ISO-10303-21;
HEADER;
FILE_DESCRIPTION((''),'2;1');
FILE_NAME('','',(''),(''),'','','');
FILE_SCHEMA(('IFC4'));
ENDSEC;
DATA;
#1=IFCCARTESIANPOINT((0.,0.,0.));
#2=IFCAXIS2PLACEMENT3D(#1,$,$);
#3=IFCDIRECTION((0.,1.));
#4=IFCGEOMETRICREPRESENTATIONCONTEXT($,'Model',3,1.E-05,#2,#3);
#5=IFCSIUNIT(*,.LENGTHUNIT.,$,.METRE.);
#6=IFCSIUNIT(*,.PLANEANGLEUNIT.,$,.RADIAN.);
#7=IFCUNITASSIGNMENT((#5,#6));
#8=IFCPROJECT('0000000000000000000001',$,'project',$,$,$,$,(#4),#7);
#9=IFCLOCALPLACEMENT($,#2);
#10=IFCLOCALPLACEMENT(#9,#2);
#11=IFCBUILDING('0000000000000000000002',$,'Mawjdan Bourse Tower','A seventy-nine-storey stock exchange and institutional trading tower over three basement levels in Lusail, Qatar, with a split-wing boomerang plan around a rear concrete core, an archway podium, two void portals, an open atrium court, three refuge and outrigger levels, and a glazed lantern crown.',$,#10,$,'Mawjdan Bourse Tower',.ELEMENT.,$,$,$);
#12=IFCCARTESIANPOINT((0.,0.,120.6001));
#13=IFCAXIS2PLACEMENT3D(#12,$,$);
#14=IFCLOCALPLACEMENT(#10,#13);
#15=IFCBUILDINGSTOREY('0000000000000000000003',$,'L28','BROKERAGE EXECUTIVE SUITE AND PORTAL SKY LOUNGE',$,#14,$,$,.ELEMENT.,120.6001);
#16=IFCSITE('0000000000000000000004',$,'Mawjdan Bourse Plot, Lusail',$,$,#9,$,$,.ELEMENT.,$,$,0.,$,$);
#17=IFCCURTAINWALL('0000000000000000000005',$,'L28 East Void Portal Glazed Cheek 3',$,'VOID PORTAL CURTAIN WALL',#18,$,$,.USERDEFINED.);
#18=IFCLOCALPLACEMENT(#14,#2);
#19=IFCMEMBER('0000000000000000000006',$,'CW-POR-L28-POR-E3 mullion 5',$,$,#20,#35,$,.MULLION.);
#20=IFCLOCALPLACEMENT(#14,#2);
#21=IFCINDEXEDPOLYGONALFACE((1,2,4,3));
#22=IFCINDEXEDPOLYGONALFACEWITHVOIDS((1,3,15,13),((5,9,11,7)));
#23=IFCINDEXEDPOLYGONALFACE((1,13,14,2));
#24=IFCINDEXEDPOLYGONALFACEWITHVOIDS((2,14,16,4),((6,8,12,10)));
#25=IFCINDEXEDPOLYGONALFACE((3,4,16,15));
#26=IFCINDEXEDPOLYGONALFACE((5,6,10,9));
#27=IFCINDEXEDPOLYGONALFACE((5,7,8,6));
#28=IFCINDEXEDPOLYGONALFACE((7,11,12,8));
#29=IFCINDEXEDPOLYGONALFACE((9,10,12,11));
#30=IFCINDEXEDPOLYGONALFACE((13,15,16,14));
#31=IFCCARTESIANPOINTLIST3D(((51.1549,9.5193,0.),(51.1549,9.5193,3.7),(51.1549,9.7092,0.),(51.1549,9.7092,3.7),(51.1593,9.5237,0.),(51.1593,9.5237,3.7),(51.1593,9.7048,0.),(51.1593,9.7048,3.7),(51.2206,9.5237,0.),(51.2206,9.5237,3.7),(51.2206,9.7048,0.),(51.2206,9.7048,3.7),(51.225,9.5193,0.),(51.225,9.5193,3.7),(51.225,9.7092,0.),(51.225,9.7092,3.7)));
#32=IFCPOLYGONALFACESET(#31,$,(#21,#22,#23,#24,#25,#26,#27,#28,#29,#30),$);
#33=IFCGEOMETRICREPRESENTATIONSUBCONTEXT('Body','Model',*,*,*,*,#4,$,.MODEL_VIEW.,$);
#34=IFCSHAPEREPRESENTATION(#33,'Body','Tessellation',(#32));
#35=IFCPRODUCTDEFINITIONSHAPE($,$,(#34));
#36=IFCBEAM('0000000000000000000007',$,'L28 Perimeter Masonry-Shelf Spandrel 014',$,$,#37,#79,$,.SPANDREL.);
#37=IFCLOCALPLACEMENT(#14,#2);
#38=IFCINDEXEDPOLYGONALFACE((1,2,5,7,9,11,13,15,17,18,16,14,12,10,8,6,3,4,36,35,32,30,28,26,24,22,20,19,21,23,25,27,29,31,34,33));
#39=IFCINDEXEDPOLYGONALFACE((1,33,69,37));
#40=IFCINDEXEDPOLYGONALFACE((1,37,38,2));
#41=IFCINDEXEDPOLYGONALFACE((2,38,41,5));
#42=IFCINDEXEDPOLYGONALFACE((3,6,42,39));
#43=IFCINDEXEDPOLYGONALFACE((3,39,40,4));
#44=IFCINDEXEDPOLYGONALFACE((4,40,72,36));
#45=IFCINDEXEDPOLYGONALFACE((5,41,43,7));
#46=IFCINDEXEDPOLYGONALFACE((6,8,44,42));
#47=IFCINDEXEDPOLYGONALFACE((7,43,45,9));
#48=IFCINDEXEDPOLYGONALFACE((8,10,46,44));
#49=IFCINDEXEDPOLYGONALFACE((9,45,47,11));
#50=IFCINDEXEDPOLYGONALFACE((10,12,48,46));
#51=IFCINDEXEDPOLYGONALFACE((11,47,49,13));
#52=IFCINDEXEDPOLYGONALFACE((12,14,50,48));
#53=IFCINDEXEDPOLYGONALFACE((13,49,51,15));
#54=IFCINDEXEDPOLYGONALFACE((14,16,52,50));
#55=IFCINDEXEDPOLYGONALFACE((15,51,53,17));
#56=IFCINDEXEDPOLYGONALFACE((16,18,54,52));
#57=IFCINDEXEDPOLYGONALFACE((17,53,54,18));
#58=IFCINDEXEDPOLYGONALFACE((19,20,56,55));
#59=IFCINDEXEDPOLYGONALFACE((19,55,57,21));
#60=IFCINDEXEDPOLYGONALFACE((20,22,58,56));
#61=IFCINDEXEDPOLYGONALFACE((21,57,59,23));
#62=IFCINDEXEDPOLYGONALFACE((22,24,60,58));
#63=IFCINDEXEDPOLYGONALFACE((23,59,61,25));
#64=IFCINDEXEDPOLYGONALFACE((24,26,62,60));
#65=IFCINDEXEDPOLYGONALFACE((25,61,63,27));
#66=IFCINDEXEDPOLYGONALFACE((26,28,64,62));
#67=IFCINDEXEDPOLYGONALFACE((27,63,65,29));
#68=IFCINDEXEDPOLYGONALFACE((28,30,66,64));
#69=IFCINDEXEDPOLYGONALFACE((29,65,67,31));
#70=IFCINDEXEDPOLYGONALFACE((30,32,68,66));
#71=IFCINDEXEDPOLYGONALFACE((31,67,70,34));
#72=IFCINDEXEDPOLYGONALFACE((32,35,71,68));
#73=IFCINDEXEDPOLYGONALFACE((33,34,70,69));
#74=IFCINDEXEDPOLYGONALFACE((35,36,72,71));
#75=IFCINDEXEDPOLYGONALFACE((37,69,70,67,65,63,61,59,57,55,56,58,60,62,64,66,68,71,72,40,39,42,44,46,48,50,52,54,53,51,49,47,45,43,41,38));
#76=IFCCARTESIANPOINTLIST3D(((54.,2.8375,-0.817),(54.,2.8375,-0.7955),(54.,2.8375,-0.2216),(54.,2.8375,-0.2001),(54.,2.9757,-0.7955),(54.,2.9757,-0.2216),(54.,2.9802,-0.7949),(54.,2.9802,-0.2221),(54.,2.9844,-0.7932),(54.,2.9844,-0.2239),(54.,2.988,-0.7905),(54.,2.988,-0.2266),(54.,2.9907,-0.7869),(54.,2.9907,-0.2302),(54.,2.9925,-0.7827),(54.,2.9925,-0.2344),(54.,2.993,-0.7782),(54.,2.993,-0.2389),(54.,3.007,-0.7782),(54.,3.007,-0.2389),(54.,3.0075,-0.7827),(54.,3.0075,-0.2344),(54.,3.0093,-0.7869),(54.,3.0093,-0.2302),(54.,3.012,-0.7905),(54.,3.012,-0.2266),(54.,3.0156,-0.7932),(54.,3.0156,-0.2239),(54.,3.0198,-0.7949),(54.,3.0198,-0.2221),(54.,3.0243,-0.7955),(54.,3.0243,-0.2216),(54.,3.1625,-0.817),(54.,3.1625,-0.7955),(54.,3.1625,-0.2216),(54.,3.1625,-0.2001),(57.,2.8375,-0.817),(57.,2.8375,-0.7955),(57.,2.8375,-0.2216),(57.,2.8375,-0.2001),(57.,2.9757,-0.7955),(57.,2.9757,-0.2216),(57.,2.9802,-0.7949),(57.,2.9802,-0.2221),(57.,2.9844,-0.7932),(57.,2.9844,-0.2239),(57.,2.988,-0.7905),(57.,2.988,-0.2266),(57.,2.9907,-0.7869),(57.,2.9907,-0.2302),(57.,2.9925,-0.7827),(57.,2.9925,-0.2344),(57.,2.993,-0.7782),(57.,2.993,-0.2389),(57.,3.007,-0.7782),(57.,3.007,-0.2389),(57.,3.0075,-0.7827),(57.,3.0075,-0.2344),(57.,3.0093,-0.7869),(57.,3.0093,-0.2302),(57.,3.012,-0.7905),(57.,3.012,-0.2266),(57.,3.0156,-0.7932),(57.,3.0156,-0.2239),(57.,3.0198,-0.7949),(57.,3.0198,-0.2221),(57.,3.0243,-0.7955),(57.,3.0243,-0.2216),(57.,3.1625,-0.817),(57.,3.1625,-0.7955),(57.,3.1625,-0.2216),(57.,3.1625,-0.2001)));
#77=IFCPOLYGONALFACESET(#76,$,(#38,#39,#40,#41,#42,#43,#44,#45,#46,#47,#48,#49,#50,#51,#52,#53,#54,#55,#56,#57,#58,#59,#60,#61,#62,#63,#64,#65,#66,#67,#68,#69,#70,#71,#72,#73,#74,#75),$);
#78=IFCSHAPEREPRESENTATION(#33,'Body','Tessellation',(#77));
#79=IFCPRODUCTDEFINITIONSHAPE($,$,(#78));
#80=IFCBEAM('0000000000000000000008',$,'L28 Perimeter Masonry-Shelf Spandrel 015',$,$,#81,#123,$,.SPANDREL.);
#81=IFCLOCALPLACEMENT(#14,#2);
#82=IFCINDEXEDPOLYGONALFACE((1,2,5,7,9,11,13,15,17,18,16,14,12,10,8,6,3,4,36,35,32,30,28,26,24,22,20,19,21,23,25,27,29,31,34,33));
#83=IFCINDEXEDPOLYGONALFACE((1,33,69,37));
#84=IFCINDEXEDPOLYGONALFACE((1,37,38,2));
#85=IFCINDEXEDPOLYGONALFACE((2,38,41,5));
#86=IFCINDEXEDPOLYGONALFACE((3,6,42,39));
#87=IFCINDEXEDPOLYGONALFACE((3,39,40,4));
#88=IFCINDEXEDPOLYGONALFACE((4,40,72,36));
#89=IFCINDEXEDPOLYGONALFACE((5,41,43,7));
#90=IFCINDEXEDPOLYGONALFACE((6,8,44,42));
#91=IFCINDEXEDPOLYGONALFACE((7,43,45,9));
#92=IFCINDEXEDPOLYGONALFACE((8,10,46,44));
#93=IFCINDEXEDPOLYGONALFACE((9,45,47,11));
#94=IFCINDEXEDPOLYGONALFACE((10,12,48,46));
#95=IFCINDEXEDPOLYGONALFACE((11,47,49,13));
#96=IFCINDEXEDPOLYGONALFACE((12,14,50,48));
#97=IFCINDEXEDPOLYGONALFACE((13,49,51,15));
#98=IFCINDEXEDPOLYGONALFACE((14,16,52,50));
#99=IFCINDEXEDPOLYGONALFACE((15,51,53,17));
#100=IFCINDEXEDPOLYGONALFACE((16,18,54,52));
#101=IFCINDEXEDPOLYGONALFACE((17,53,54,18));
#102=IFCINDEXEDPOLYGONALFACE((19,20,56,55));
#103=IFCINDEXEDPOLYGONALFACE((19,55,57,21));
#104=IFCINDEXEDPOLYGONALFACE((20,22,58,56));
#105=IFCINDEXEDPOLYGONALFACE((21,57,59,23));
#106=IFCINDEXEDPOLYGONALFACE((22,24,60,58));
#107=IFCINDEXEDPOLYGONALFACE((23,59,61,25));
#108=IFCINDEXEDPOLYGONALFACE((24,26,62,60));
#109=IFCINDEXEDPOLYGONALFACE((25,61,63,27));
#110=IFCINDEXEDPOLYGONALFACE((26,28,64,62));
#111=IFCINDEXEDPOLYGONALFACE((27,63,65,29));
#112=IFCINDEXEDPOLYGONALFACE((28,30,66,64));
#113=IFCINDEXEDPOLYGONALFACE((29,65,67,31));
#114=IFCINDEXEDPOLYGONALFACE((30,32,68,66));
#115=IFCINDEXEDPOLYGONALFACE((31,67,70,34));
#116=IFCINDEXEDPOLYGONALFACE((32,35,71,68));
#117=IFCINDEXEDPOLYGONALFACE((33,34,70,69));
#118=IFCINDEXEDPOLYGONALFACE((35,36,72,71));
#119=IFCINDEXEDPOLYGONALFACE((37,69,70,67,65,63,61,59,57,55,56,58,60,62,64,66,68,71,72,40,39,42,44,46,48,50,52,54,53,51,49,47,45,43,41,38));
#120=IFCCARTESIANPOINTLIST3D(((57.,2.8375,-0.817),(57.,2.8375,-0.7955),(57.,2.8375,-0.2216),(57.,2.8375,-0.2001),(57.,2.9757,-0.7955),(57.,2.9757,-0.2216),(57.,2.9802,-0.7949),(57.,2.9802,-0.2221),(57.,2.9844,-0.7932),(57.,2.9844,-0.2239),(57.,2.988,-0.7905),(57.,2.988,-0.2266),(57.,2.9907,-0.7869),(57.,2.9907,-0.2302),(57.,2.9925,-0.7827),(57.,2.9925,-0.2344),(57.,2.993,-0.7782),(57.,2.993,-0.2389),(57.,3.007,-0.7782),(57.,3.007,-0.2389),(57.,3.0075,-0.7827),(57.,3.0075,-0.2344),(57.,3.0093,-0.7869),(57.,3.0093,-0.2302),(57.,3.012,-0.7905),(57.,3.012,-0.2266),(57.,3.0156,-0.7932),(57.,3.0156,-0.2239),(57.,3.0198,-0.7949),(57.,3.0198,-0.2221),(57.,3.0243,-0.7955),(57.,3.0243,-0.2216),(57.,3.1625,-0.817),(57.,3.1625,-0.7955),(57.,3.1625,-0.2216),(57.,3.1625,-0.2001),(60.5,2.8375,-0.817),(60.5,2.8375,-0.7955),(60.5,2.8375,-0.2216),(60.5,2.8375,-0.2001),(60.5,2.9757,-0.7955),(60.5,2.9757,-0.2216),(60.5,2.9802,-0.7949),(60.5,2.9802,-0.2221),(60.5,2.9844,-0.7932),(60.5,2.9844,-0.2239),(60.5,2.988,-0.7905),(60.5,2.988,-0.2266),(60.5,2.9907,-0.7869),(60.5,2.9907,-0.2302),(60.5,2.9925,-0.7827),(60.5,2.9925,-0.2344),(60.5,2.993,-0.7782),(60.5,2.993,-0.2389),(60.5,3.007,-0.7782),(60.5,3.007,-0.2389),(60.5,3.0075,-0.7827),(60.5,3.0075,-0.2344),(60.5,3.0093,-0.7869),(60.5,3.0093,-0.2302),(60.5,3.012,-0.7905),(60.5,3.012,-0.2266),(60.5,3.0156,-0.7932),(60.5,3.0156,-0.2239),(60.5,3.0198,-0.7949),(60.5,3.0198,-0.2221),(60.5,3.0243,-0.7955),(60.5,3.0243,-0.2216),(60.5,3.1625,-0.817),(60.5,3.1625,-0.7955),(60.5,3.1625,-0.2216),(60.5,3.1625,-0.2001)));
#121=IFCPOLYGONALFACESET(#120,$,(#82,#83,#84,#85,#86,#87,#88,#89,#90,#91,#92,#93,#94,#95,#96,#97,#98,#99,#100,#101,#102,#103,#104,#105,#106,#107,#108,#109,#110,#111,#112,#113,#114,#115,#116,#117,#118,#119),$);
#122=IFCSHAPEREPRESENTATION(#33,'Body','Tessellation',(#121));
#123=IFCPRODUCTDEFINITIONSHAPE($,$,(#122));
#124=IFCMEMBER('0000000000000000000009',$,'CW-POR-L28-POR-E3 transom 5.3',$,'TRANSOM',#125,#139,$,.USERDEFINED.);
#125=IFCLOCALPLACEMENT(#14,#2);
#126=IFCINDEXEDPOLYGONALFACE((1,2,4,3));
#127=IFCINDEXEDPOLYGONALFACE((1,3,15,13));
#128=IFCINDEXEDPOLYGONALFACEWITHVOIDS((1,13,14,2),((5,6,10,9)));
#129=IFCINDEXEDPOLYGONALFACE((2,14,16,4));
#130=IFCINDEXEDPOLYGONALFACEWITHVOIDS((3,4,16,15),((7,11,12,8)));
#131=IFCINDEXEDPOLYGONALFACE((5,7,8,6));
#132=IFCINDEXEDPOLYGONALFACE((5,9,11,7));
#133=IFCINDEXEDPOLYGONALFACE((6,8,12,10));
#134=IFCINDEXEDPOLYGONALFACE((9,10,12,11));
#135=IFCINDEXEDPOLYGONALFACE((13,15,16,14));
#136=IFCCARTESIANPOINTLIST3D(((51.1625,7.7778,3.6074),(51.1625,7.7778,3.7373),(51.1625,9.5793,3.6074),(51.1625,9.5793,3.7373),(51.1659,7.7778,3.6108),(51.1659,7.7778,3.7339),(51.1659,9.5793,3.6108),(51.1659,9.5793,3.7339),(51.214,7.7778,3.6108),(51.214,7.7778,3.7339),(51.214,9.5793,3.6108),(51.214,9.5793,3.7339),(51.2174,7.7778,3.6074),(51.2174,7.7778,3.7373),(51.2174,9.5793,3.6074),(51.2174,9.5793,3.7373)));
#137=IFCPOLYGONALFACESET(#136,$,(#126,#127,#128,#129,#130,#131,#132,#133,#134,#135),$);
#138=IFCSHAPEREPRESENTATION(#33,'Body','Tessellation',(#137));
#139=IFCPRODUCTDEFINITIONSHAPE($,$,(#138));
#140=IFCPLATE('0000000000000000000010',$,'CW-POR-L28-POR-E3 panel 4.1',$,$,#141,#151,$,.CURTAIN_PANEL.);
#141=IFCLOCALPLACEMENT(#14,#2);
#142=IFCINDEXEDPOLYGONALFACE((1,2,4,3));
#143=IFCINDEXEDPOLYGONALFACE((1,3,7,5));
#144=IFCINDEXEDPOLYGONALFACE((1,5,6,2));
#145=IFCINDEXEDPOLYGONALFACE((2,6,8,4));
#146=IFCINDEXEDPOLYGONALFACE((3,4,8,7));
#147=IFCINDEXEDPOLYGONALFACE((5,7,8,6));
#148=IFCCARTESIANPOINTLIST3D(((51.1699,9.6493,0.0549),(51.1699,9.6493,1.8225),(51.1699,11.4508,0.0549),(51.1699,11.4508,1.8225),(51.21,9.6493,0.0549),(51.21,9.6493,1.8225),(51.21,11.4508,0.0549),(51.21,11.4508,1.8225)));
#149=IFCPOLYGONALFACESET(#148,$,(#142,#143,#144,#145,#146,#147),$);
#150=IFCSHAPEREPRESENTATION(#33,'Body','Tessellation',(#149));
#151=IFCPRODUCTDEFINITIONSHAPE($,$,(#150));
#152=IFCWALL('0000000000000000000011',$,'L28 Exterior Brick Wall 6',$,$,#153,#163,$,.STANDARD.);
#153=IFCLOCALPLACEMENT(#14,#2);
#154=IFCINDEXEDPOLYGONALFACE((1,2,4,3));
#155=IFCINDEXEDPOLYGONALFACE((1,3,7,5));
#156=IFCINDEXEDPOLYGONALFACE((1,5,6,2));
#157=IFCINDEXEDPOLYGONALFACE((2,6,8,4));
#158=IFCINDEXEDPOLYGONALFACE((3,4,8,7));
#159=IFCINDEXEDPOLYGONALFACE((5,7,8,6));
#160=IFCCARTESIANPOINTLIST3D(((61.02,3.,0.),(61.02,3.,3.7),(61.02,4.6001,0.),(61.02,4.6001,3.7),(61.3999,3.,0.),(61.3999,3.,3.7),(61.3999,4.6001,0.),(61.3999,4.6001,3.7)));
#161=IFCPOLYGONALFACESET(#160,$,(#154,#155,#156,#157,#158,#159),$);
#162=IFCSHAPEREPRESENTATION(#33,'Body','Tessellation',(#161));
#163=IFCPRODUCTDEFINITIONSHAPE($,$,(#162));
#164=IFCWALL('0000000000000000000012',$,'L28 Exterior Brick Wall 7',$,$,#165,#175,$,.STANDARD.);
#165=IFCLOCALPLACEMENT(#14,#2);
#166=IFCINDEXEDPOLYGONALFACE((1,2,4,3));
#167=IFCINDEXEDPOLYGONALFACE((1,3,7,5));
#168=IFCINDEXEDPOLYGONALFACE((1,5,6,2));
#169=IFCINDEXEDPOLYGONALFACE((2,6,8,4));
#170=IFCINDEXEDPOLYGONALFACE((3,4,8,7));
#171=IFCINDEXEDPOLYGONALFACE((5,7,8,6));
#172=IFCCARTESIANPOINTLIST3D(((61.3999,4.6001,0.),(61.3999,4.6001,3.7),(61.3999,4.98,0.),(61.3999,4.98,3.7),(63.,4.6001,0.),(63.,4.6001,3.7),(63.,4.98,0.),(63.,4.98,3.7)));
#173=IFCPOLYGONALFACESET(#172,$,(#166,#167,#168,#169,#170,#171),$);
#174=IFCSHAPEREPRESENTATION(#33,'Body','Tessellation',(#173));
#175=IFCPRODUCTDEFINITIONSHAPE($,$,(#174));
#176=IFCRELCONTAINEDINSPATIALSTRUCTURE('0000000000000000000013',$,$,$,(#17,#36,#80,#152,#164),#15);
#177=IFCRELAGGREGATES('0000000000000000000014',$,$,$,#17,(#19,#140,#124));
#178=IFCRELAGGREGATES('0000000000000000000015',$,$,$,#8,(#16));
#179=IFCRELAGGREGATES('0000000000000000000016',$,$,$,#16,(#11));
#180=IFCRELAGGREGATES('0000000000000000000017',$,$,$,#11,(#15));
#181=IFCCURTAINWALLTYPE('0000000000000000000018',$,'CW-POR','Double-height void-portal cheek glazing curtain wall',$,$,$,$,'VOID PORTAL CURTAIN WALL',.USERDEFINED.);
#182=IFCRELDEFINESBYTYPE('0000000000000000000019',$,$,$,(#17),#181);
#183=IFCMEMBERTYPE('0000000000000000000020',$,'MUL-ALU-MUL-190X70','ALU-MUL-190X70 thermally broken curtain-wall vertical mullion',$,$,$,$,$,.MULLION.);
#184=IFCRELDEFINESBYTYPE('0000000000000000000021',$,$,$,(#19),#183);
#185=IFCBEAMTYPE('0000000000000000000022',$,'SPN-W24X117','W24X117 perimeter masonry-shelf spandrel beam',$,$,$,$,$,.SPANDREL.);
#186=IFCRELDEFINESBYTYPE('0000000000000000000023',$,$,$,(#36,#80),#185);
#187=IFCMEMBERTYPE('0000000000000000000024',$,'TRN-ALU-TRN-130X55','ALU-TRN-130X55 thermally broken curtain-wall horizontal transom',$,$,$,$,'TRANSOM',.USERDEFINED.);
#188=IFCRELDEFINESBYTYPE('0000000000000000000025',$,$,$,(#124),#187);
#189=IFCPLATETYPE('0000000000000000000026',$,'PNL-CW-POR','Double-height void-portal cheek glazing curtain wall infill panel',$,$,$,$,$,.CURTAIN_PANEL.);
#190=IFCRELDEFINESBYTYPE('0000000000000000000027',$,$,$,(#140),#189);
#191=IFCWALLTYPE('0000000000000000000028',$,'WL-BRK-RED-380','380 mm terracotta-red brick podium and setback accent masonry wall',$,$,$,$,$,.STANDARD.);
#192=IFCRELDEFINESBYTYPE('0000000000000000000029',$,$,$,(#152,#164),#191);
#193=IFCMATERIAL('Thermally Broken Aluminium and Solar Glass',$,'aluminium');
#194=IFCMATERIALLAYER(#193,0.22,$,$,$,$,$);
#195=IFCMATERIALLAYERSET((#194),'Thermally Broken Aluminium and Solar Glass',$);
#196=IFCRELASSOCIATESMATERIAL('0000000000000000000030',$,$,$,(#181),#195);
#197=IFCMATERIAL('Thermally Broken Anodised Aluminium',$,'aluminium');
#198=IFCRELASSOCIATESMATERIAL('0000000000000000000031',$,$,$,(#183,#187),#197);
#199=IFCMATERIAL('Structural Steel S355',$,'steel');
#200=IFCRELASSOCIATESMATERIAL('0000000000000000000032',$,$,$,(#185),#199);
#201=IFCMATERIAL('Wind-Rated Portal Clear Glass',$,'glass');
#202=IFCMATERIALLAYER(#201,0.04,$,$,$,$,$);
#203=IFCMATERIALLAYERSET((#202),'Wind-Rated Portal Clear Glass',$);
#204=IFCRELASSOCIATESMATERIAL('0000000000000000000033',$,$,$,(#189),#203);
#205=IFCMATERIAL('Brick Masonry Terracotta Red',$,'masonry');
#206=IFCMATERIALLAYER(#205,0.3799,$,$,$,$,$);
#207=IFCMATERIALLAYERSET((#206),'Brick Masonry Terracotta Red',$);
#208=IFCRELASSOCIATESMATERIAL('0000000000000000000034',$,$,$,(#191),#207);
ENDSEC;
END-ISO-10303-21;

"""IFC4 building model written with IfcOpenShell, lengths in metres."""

from ifc_helpers import new_model, si_unit, direction, frame, frame_2d, origin, origin_2d, place, context, subcontext, project, spatial, rectangle, hollow_rectangle, i_section, extrude, material, layer, layer_set, material_profile, profile_set, type_object, element, aggregate, save


model = new_model("IFC4")

# Units and contexts
model_context = context("Model", 3, precision=1e-05, world=origin(), true_north=direction((0.0, 1.0)))
body_context = subcontext(model_context, "Body", "Model", "MODEL_VIEW")
ifc_project = project(units=[si_unit("LENGTHUNIT", "METRE"), si_unit("PLANEANGLEUNIT", "RADIAN")], contexts=[model_context])

# Site, building, storey
site_placement = place(None, origin())
site = spatial("IfcSite", under=ifc_project, at=site_placement, Name="Mawjdan Bourse Plot, Lusail", CompositionType="ELEMENT", RefElevation=0.0)
building_placement = place(site_placement, origin())
building = spatial("IfcBuilding", under=site, at=building_placement, Name="Mawjdan Bourse Tower", Description="A seventy-nine-storey stock exchange and institutional trading tower over three basement levels in Lusail, Qatar, with a split-wing boomerang plan around a rear concrete core, an archway podium, two void portals, an open atrium court, three refuge and outrigger levels, and a glazed lantern crown.", LongName="Mawjdan Bourse Tower", CompositionType="ELEMENT")
storey_placement = place(building_placement, frame((0.0, 0.0, 120.6001)))
storey = spatial("IfcBuildingStorey", under=building, at=storey_placement, Name="L28", Description="BROKERAGE EXECUTIVE SUITE AND PORTAL SKY LOUNGE", CompositionType="ELEMENT", Elevation=120.6001)

# Shared definitions
ifc_material_1 = material(Name="Structural Steel S355", Category="steel")

# Curtain wall, member
ifc_material_2 = material(Name="Thermally Broken Aluminium and Solar Glass", Category="aluminium")
ifc_layer_1 = layer(ifc_material_2, 0.22)
ifc_layer_set_1 = layer_set([ifc_layer_1], Name="Thermally Broken Aluminium and Solar Glass")
curtain_wall_type = type_object("IfcCurtainWallType", Name="CW-POR", Description="Double-height void-portal cheek glazing curtain wall", ElementType="VOID PORTAL CURTAIN WALL", PredefinedType="USERDEFINED", material=ifc_layer_set_1)
curtain_wall_placement = place(storey_placement, origin())
curtain_wall = element("IfcCurtainWall", 1, at=curtain_wall_placement, inside=storey, type_object=curtain_wall_type, Name="L28 East Void Portal Glazed Cheek 3", ObjectType="VOID PORTAL CURTAIN WALL", PredefinedType="USERDEFINED")
ifc_material_3 = material(Name="Thermally Broken Anodised Aluminium", Category="aluminium")
ifc_material_profile_1 = material_profile(ifc_material_3, hollow_rectangle(XDim=0.0701, YDim=0.1899, WallThickness=0.0044, at=origin_2d()), Name="ALU-MUL-190X70")
ifc_profile_set_1 = profile_set([ifc_material_profile_1], Name="Thermally Broken Anodised Aluminium")
member_type_1 = type_object("IfcMemberType", Name="MUL-ALU-MUL-190X70", Description="ALU-MUL-190X70 thermally broken curtain-wall vertical mullion", PredefinedType="MULLION", material=ifc_profile_set_1)
member_1_placement = place(storey_placement, frame((51.1899, 9.6143, 0.0), z_axis=(0.0, 0.0, 1.0), x_axis=(1.0, 0.0, 0.0)))
member_1 = element("IfcMember", 2, at=member_1_placement, type_object=member_type_1, Name="CW-POR-L28-POR-E3 mullion 5", PredefinedType="MULLION", context=body_context, shape_type="SweptSolid", body=[
    extrude(hollow_rectangle(XDim=0.0701, YDim=0.1899, WallThickness=0.0044, at=origin_2d()), origin(), (0.0, 0.0, 1.0), 3.7),
])

# Beams
ifc_material_profile_2 = material_profile(ifc_material_1, i_section(OverallWidth=0.325, OverallDepth=0.6169, WebThickness=0.0139, FlangeThickness=0.0215, FilletRadius=0.0173, at=origin_2d()), Name="W24X117")
ifc_profile_set_2 = profile_set([ifc_material_profile_2], Name="Structural Steel S355")
beam_type_1 = type_object("IfcBeamType", Name="SPN-W24X117", Description="W24X117 perimeter masonry-shelf spandrel beam", PredefinedType="SPANDREL", material=ifc_profile_set_2)
beam_1_placement = place(storey_placement, frame((54.0, 3.0, -0.5085), z_axis=(1.0, 0.0, 0.0), x_axis=(0.0, 1.0, 0.0)))
element("IfcBeam", 3, at=beam_1_placement, inside=storey, type_object=beam_type_1, Name="L28 Perimeter Masonry-Shelf Spandrel 014", PredefinedType="SPANDREL", context=body_context, shape_type="SweptSolid", body=[
    extrude(i_section(OverallWidth=0.325, OverallDepth=0.6169, WebThickness=0.0139, FlangeThickness=0.0215, FilletRadius=0.0173, at=origin_2d()), origin(), (0.0, 0.0, 1.0), 3.0),
])
beam_2_placement = place(storey_placement, frame((57.0, 3.0, -0.5085), z_axis=(1.0, 0.0, 0.0), x_axis=(0.0, 1.0, 0.0)))
element("IfcBeam", 4, at=beam_2_placement, inside=storey, type_object=beam_type_1, Name="L28 Perimeter Masonry-Shelf Spandrel 015", PredefinedType="SPANDREL", context=body_context, shape_type="SweptSolid", body=[
    extrude(i_section(OverallWidth=0.325, OverallDepth=0.6169, WebThickness=0.0139, FlangeThickness=0.0215, FilletRadius=0.0173, at=origin_2d()), origin(), (0.0, 0.0, 1.0), 3.5),
])

# Member
ifc_material_profile_3 = material_profile(ifc_material_3, hollow_rectangle(XDim=0.0549, YDim=0.1299, WallThickness=0.0034, at=origin_2d()), Name="ALU-TRN-130X55")
ifc_profile_set_3 = profile_set([ifc_material_profile_3], Name="Thermally Broken Anodised Aluminium")
member_type_2 = type_object("IfcMemberType", Name="TRN-ALU-TRN-130X55", Description="ALU-TRN-130X55 thermally broken curtain-wall horizontal transom", ElementType="TRANSOM", PredefinedType="USERDEFINED", material=ifc_profile_set_3)
member_2_placement = place(storey_placement, frame((51.1899, 9.5793, 3.6724), z_axis=(0.0, -1.0, 0.0), x_axis=(1.0, 0.0, 0.0)))
member_2 = element("IfcMember", 5, at=member_2_placement, type_object=member_type_2, Name="CW-POR-L28-POR-E3 transom 5.3", ObjectType="TRANSOM", PredefinedType="USERDEFINED", context=body_context, shape_type="SweptSolid", body=[
    extrude(hollow_rectangle(XDim=0.0549, YDim=0.1299, WallThickness=0.0034, at=origin_2d()), origin(), (0.0, 0.0, 1.0), 1.8015),
])

# Plate
ifc_material_4 = material(Name="Wind-Rated Portal Clear Glass", Category="glass")
ifc_layer_2 = layer(ifc_material_4, 0.04)
ifc_layer_set_2 = layer_set([ifc_layer_2], Name="Wind-Rated Portal Clear Glass")
plate_type = type_object("IfcPlateType", Name="PNL-CW-POR", Description="Double-height void-portal cheek glazing curtain wall infill panel", PredefinedType="CURTAIN_PANEL", material=ifc_layer_set_2)
plate_placement = place(storey_placement, frame((51.1899, 10.55, 0.0549), z_axis=(0.0, 0.0, 1.0), x_axis=(0.0, -1.0, 0.0)))
plate = element("IfcPlate", 6, at=plate_placement, type_object=plate_type, Name="CW-POR-L28-POR-E3 panel 4.1", PredefinedType="CURTAIN_PANEL", context=body_context, shape_type="SweptSolid", body=[
    extrude(rectangle(XDim=1.8015, YDim=0.04, at=origin_2d()), origin(), (0.0, 0.0, 1.0), 1.7676),
])
aggregate(curtain_wall, [member_1, plate, member_2])

# Walls
ifc_material_5 = material(Name="Brick Masonry Terracotta Red", Category="masonry")
ifc_layer_3 = layer(ifc_material_5, 0.3799)
ifc_layer_set_3 = layer_set([ifc_layer_3], Name="Brick Masonry Terracotta Red")
wall_type_1 = type_object("IfcWallType", Name="WL-BRK-RED-380", Description="380 mm terracotta-red brick podium and setback accent masonry wall", PredefinedType="STANDARD", material=ifc_layer_set_3)
for number, where, z_axis, x_axis, name in (
    (7, (61.21, 3.0, 0.0), (0.0, 0.0, 1.0), (0.0, 1.0, 0.0), "L28 Exterior Brick Wall 6"),
    (8, (61.3999, 4.79, 0.0), (0.0, 0.0, 1.0), (1.0, 0.0, 0.0), "L28 Exterior Brick Wall 7"),
):
    element("IfcWall", number, at=place(storey_placement, frame(where, z_axis=z_axis, x_axis=x_axis)), inside=storey, type_object=wall_type_1, Name=name, PredefinedType="STANDARD", context=body_context, shape_type="SweptSolid", body=[
        extrude(rectangle(XDim=1.6001, YDim=0.3799, at=frame_2d((0.8, 0.0))), origin(), (0.0, 0.0, 1.0), 3.7),
    ])

save(model, "model.ifc")
